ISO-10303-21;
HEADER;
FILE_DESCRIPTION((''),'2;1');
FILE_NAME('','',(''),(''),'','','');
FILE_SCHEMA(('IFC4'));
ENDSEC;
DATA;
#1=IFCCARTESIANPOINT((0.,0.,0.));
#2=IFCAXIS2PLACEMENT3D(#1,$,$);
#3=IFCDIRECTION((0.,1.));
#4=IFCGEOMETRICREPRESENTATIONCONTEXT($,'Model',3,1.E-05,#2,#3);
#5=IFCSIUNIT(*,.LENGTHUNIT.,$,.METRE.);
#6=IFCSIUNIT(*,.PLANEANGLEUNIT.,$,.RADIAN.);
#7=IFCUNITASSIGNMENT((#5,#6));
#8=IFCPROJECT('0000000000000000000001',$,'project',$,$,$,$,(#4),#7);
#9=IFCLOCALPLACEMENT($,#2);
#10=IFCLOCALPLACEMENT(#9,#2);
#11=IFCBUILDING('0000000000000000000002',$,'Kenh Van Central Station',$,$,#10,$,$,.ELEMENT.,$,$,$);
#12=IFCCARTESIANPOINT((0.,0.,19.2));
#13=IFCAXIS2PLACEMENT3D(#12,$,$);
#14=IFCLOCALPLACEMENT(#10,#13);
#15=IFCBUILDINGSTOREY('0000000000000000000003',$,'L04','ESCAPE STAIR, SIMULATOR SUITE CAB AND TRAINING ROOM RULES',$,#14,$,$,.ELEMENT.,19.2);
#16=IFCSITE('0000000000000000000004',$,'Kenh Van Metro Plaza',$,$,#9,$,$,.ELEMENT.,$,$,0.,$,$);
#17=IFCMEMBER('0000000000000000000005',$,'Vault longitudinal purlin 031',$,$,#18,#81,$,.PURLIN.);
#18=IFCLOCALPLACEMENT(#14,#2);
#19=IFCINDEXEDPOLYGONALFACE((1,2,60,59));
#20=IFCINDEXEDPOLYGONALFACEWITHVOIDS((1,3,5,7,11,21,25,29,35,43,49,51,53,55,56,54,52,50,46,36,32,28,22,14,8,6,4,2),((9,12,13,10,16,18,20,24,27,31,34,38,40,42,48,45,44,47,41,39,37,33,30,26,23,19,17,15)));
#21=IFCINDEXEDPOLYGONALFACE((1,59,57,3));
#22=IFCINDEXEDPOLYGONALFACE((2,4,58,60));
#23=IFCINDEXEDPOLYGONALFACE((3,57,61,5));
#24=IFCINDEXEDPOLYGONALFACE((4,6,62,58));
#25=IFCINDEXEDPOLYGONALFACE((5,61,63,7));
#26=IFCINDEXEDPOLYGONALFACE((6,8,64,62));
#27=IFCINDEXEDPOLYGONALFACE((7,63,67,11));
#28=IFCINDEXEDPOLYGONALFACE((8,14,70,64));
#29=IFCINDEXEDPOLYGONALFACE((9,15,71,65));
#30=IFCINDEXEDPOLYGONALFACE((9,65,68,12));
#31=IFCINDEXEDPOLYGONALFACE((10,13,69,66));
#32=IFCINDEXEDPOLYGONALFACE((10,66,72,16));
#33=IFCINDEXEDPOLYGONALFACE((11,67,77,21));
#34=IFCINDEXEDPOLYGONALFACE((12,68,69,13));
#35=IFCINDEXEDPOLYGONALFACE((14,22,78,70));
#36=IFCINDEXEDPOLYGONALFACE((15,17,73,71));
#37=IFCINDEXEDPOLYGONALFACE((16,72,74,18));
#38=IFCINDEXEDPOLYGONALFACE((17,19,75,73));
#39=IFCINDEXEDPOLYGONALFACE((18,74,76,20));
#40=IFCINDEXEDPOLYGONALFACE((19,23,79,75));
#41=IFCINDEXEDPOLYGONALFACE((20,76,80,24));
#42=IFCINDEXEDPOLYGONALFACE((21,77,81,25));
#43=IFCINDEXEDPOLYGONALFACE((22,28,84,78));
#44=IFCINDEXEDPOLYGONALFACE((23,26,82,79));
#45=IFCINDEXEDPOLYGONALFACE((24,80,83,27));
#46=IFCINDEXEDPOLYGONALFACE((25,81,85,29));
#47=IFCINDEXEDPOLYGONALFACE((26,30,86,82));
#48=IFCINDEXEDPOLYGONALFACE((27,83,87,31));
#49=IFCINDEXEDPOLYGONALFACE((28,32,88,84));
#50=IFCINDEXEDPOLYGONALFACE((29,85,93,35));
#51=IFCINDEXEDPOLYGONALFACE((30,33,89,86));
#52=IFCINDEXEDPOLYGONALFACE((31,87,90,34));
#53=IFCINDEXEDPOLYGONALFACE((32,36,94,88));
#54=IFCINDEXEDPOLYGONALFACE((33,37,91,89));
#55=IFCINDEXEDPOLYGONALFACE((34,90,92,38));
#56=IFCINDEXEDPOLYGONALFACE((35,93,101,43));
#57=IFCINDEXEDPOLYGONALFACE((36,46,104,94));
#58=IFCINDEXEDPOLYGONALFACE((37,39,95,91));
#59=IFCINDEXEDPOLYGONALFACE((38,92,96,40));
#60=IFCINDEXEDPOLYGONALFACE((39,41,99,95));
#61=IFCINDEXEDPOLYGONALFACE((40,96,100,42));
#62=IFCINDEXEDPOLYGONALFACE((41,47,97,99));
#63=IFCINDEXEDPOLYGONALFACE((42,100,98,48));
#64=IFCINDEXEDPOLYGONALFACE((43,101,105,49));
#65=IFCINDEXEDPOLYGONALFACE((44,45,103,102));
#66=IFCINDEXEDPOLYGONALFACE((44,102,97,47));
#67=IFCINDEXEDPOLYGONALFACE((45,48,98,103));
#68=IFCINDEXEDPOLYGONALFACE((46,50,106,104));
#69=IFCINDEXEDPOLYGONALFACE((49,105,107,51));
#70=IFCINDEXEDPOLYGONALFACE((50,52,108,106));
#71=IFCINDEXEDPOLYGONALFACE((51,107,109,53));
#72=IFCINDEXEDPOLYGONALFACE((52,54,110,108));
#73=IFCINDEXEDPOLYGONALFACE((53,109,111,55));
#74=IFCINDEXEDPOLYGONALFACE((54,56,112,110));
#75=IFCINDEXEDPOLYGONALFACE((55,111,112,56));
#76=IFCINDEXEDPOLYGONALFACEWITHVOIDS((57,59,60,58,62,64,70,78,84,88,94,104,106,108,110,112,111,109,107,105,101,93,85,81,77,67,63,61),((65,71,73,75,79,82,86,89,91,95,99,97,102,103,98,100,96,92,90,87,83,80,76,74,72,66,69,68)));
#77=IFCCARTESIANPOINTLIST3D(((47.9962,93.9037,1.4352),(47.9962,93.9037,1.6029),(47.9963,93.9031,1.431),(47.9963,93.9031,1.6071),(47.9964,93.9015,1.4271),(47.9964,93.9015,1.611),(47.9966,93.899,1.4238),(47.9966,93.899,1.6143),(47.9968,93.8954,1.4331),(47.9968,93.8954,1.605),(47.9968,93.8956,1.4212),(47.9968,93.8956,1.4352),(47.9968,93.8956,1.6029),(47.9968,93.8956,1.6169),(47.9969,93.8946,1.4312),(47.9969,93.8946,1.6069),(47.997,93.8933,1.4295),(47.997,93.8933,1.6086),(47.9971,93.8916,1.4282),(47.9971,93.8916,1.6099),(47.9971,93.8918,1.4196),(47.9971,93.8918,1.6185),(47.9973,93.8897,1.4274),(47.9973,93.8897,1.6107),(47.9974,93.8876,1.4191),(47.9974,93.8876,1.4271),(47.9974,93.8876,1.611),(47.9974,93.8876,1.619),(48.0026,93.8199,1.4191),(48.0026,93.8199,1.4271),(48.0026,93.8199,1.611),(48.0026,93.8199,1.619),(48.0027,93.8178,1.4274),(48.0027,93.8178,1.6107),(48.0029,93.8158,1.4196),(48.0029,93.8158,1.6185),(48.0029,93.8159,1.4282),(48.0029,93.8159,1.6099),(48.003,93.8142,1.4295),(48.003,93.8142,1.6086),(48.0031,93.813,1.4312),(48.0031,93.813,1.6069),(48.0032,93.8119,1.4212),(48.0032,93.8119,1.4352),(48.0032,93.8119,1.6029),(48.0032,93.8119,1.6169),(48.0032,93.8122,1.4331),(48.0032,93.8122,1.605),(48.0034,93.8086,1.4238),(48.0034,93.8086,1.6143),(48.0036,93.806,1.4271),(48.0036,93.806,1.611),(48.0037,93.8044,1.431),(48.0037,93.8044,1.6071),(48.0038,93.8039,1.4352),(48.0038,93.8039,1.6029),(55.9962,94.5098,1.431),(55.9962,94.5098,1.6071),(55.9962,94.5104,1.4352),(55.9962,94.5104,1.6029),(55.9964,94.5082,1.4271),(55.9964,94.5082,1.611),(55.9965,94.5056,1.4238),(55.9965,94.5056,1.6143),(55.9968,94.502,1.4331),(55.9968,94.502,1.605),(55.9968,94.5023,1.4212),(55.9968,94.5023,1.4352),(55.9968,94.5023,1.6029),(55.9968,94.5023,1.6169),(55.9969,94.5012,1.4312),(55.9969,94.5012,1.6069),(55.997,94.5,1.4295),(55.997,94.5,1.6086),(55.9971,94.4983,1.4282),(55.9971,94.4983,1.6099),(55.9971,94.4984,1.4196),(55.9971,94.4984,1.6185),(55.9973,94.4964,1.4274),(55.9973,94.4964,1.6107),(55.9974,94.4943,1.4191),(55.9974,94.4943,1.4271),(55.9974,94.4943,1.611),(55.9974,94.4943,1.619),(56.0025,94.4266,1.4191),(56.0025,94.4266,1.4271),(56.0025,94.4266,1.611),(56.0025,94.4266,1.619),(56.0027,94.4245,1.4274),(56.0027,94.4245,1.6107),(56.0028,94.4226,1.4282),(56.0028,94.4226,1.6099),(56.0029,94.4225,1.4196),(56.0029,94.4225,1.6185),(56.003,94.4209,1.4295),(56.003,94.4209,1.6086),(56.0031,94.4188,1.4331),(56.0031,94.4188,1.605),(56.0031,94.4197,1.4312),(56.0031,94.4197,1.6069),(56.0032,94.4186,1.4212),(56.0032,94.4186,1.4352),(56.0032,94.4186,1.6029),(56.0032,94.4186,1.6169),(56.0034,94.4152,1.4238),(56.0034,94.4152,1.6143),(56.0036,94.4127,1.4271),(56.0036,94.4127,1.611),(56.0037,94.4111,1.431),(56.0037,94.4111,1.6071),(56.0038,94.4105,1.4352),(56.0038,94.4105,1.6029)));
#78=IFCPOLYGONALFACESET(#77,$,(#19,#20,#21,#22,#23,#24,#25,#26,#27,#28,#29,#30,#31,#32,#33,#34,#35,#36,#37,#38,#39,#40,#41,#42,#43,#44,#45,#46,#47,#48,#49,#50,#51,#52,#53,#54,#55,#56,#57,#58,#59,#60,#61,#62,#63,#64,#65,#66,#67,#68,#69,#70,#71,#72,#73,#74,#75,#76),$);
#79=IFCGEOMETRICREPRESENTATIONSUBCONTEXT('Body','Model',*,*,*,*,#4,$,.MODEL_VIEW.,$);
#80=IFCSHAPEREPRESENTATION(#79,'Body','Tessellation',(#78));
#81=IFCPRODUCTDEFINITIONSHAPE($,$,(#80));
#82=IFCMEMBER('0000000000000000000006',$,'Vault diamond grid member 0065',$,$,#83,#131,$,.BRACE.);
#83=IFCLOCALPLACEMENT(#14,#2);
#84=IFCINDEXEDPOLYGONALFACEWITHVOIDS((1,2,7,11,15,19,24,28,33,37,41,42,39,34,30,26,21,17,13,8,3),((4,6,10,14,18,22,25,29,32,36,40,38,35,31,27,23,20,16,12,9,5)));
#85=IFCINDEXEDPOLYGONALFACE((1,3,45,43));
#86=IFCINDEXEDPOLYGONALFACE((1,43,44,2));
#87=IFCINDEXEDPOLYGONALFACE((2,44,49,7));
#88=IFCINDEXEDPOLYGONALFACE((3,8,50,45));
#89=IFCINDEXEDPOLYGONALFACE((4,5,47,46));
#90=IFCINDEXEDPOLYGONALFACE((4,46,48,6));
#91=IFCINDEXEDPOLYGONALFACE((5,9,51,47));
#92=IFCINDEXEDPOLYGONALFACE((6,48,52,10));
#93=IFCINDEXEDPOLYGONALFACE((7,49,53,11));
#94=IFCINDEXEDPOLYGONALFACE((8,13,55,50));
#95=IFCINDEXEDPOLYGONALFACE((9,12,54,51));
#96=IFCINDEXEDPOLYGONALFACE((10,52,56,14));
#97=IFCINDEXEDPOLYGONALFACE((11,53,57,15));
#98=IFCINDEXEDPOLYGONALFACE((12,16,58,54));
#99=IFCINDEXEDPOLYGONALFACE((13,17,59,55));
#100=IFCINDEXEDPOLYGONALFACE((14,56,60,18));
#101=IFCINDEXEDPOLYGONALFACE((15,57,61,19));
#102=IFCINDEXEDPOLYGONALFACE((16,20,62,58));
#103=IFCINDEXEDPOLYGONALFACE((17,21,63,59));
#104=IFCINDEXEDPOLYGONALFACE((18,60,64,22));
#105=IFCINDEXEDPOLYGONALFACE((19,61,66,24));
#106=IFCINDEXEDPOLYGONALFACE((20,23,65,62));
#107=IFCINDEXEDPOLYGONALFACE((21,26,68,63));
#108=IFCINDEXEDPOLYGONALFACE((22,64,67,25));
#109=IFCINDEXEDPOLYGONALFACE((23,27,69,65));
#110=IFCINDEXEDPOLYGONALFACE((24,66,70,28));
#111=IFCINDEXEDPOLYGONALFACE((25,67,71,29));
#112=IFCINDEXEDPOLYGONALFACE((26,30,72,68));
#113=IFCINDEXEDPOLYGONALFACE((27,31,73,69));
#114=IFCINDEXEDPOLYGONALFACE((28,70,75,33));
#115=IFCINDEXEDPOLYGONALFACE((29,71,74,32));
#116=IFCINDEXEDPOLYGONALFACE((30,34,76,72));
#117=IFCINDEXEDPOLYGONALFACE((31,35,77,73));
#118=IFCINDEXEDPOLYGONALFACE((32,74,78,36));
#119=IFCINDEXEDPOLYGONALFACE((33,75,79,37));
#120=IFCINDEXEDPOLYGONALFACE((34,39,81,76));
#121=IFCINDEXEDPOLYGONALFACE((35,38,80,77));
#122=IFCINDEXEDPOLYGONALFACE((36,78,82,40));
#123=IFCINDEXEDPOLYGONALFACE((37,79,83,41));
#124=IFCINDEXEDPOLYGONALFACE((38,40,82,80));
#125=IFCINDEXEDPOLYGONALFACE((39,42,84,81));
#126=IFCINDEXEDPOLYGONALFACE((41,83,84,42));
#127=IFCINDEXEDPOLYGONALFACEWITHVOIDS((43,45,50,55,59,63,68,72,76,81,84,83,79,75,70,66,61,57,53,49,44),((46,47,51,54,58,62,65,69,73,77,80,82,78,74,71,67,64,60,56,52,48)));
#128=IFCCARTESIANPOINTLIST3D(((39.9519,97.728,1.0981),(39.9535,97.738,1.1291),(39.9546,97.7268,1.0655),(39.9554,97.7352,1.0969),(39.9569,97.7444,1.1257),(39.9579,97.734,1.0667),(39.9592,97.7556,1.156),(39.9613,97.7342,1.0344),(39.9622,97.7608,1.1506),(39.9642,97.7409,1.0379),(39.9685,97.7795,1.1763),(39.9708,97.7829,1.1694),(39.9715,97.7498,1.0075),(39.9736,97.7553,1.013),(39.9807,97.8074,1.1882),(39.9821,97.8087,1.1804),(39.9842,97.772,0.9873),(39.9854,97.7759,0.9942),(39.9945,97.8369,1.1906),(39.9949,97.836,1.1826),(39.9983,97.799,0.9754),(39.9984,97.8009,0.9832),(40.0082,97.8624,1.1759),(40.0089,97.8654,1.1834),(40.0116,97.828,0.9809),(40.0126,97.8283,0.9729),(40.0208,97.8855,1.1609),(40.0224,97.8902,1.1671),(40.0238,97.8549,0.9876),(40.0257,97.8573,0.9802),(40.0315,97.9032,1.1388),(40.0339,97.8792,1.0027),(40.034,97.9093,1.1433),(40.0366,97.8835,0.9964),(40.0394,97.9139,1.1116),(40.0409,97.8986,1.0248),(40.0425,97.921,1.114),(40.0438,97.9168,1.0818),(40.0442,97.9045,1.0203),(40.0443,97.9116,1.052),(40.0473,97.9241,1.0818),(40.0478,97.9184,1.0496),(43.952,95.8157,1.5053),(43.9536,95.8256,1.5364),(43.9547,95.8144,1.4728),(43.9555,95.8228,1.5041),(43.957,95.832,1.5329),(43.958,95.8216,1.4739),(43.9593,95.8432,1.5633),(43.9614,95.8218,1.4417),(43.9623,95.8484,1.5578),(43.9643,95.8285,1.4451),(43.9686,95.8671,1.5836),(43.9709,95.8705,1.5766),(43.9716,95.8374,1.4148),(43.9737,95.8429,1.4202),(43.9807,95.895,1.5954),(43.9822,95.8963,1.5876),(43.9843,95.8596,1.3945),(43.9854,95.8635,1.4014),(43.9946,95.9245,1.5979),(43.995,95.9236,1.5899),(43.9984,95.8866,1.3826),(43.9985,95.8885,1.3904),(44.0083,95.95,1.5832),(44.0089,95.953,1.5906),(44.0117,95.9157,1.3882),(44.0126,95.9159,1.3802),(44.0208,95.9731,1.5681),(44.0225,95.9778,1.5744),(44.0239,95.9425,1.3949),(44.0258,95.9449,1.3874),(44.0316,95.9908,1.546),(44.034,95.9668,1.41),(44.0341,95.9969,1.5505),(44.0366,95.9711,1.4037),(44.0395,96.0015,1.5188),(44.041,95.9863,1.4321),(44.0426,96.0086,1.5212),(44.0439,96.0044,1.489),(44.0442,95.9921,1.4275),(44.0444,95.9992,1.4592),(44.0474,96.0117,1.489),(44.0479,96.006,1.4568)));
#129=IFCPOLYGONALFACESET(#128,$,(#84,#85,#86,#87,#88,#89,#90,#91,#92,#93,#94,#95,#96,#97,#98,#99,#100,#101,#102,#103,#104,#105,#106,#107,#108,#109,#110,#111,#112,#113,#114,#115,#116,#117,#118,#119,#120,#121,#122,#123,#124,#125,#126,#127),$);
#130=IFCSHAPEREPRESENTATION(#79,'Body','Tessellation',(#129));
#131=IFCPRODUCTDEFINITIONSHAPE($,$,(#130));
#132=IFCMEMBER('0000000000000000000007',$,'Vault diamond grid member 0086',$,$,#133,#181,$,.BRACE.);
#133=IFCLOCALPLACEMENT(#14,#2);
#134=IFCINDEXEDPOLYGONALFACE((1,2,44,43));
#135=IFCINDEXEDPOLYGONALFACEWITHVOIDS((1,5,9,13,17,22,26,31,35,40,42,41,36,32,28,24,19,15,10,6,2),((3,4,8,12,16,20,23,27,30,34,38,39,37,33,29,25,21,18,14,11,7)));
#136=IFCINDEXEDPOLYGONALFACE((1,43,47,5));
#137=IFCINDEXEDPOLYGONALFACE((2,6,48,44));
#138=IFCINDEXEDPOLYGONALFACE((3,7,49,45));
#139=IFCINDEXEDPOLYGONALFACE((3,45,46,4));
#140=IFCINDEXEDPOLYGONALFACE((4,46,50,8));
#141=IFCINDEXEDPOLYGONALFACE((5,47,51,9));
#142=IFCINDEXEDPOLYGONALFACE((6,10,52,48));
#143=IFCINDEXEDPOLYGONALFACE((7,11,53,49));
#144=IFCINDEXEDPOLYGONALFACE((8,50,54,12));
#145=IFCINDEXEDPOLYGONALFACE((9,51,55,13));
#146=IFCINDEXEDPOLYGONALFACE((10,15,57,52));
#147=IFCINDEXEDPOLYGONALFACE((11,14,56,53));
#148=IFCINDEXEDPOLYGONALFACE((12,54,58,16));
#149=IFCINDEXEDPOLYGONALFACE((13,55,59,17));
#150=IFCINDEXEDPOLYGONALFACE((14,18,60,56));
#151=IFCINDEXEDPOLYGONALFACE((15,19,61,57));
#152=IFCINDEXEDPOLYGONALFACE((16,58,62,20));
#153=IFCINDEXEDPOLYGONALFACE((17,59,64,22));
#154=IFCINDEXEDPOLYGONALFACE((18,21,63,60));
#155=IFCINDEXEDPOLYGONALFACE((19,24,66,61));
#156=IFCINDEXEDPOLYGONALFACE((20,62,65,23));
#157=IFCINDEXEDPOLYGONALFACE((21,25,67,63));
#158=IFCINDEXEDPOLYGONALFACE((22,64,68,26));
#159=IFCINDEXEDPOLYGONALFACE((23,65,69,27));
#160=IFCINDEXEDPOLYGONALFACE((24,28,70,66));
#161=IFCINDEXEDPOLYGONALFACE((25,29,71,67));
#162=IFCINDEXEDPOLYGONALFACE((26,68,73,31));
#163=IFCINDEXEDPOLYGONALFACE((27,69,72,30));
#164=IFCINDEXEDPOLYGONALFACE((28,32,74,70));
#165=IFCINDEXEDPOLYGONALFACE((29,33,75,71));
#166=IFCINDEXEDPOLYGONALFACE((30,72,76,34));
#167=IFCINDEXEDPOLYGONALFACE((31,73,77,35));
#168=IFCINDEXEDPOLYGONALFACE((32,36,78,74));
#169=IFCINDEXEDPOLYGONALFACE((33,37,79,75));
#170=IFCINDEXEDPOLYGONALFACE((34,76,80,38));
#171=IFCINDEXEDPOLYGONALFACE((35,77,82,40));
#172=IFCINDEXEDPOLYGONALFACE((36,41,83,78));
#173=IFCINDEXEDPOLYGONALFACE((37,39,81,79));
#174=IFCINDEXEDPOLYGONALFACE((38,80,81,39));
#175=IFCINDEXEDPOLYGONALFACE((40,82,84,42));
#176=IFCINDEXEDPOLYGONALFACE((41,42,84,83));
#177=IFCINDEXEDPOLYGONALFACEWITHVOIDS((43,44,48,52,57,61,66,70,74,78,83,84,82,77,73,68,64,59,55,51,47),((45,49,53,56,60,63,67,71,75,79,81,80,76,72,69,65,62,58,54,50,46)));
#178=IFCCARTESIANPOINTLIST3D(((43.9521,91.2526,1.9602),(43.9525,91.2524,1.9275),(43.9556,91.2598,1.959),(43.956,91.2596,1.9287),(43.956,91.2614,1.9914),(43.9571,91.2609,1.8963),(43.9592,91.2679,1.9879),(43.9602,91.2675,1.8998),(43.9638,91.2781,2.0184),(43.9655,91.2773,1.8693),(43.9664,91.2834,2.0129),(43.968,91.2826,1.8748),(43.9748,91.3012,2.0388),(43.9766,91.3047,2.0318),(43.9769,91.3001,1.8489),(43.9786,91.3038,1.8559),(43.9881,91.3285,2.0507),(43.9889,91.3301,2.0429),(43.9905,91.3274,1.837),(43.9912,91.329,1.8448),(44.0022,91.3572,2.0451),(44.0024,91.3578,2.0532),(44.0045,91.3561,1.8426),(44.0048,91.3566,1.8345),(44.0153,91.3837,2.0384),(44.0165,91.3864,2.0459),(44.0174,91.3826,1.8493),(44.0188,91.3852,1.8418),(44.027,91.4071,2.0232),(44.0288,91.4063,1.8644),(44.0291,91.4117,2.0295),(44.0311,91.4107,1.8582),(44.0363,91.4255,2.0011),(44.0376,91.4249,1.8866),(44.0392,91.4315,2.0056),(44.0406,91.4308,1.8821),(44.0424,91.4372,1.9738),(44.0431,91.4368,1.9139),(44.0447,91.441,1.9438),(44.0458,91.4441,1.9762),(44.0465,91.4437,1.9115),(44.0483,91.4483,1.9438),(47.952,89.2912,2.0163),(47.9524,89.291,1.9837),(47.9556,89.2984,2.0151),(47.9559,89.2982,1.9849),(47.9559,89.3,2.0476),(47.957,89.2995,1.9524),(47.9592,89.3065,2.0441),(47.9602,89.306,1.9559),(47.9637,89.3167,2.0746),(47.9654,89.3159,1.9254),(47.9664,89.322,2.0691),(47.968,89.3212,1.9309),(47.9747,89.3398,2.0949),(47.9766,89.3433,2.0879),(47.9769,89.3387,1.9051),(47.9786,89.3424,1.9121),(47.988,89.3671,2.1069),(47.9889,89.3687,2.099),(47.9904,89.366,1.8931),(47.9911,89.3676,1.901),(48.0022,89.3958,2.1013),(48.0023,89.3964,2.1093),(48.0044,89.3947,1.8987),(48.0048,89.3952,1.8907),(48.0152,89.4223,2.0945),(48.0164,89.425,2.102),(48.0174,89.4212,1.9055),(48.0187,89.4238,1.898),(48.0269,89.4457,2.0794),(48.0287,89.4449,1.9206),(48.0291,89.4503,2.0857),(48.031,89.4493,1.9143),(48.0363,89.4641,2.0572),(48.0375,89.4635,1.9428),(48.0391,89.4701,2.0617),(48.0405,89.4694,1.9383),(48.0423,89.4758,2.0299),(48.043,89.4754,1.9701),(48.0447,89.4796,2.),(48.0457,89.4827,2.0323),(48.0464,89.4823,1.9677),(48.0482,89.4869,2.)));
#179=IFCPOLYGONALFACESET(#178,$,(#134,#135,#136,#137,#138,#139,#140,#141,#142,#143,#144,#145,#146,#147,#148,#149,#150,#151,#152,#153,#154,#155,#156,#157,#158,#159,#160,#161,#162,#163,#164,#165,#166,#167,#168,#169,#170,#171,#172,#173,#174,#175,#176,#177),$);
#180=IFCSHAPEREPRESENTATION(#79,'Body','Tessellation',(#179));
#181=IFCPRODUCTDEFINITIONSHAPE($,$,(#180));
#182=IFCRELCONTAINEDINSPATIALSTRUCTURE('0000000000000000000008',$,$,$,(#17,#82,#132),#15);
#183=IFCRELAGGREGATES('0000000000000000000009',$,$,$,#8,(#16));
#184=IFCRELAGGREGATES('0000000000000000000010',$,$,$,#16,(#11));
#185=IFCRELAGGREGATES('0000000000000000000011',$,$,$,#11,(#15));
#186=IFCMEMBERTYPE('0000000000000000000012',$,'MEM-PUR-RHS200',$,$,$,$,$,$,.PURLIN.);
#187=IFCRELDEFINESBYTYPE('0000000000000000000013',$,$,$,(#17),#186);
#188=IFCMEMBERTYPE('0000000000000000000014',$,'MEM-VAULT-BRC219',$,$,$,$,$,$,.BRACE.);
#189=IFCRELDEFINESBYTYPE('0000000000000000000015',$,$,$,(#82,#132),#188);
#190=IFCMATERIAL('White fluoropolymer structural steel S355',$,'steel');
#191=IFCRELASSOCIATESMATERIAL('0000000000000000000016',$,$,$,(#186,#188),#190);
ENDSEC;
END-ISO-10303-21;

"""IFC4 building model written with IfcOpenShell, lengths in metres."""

from ifc_helpers import new_model, si_unit, direction, frame, origin, origin_2d, place, context, subcontext, project, spatial, hollow_rectangle, hollow_circle, extrude, material, material_profile, profile_set, type_object, element, save


model = new_model("IFC4")

# Units and contexts
model_context = context("Model", 3, precision=1e-05, world=origin(), true_north=direction((0.0, 1.0)))
body_context = subcontext(model_context, "Body", "Model", "MODEL_VIEW")
ifc_project = project(units=[si_unit("LENGTHUNIT", "METRE"), si_unit("PLANEANGLEUNIT", "RADIAN")], contexts=[model_context])

# Site, building, storey
site_placement = place(None, origin())
site = spatial("IfcSite", under=ifc_project, at=site_placement, Name="Kenh Van Metro Plaza", CompositionType="ELEMENT", RefElevation=0.0)
building_placement = place(site_placement, origin())
building = spatial("IfcBuilding", under=site, at=building_placement, Name="Kenh Van Central Station", CompositionType="ELEMENT")
storey_placement = place(building_placement, frame((0.0, 0.0, 19.2)))
storey = spatial("IfcBuildingStorey", under=building, at=storey_placement, Name="L04", Description="ESCAPE STAIR, SIMULATOR SUITE CAB AND TRAINING ROOM RULES", CompositionType="ELEMENT", Elevation=19.2)

# Shared definitions
ifc_material_1 = material(Name="White fluoropolymer structural steel S355", Category="steel")

# Members
ifc_material_profile_1 = material_profile(ifc_material_1, hollow_rectangle(XDim=0.1001, YDim=0.2, WallThickness=0.0081, InnerFilletRadius=0.0081, OuterFilletRadius=0.0161, at=origin_2d()), Name="RHS 200x100x8")
ifc_profile_set_1 = profile_set([ifc_material_profile_1], Name="White fluoropolymer structural steel S355")
member_type_1 = type_object("IfcMemberType", Name="MEM-PUR-RHS200", PredefinedType="PURLIN", material=ifc_profile_set_1)
member_1_placement = place(storey_placement, frame((48.0, 93.8538, 1.519), z_axis=(0.997137, 0.075619, 0.0), x_axis=(-0.075619, 0.997137, 0.0)))
element("IfcMember", 1, at=member_1_placement, inside=storey, type_object=member_type_1, Name="Vault longitudinal purlin 031", PredefinedType="PURLIN", context=body_context, shape_type="SweptSolid", body=[
    extrude(hollow_rectangle(XDim=0.1001, YDim=0.2, WallThickness=0.0081, InnerFilletRadius=0.0081, OuterFilletRadius=0.0161, at=origin_2d()), origin(), (0.0, 0.0, 1.0), 8.0229),
])
ifc_material_profile_2 = material_profile(ifc_material_1, hollow_circle(Radius=0.1096, WallThickness=0.0081, at=origin_2d()), Name="CHS 219.1x8")
ifc_profile_set_2 = profile_set([ifc_material_profile_2], Name="White fluoropolymer structural steel S355")
member_type_2 = type_object("IfcMemberType", Name="MEM-VAULT-BRC219", PredefinedType="BRACE", material=ifc_profile_set_2)
member_2_placement = place(storey_placement, frame((40.0, 97.8252, 1.0818), z_axis=(0.898413, -0.429521, 0.091464), x_axis=(0.431329, 0.902195, 0.0)))
element("IfcMember", 2, at=member_2_placement, inside=storey, type_object=member_type_2, Name="Vault diamond grid member 0065", PredefinedType="BRACE", context=body_context, shape_type="SweptSolid", body=[
    extrude(hollow_circle(Radius=0.1096, WallThickness=0.0081, at=origin_2d()), origin(), (0.0, 0.0, 1.0), 4.4524),
])
member_3_placement = place(storey_placement, frame((44.0, 91.3499, 1.9438), z_axis=(0.897792, -0.440238, 0.012603), x_axis=(0.440273, 0.897864, 0.0)))
element("IfcMember", 3, at=member_3_placement, inside=storey, type_object=member_type_2, Name="Vault diamond grid member 0086", PredefinedType="BRACE", context=body_context, shape_type="SweptSolid", body=[
    extrude(hollow_circle(Radius=0.1096, WallThickness=0.0081, at=origin_2d()), origin(), (0.0, 0.0, 1.0), 4.4553),
])

save(model, "model.ifc")
